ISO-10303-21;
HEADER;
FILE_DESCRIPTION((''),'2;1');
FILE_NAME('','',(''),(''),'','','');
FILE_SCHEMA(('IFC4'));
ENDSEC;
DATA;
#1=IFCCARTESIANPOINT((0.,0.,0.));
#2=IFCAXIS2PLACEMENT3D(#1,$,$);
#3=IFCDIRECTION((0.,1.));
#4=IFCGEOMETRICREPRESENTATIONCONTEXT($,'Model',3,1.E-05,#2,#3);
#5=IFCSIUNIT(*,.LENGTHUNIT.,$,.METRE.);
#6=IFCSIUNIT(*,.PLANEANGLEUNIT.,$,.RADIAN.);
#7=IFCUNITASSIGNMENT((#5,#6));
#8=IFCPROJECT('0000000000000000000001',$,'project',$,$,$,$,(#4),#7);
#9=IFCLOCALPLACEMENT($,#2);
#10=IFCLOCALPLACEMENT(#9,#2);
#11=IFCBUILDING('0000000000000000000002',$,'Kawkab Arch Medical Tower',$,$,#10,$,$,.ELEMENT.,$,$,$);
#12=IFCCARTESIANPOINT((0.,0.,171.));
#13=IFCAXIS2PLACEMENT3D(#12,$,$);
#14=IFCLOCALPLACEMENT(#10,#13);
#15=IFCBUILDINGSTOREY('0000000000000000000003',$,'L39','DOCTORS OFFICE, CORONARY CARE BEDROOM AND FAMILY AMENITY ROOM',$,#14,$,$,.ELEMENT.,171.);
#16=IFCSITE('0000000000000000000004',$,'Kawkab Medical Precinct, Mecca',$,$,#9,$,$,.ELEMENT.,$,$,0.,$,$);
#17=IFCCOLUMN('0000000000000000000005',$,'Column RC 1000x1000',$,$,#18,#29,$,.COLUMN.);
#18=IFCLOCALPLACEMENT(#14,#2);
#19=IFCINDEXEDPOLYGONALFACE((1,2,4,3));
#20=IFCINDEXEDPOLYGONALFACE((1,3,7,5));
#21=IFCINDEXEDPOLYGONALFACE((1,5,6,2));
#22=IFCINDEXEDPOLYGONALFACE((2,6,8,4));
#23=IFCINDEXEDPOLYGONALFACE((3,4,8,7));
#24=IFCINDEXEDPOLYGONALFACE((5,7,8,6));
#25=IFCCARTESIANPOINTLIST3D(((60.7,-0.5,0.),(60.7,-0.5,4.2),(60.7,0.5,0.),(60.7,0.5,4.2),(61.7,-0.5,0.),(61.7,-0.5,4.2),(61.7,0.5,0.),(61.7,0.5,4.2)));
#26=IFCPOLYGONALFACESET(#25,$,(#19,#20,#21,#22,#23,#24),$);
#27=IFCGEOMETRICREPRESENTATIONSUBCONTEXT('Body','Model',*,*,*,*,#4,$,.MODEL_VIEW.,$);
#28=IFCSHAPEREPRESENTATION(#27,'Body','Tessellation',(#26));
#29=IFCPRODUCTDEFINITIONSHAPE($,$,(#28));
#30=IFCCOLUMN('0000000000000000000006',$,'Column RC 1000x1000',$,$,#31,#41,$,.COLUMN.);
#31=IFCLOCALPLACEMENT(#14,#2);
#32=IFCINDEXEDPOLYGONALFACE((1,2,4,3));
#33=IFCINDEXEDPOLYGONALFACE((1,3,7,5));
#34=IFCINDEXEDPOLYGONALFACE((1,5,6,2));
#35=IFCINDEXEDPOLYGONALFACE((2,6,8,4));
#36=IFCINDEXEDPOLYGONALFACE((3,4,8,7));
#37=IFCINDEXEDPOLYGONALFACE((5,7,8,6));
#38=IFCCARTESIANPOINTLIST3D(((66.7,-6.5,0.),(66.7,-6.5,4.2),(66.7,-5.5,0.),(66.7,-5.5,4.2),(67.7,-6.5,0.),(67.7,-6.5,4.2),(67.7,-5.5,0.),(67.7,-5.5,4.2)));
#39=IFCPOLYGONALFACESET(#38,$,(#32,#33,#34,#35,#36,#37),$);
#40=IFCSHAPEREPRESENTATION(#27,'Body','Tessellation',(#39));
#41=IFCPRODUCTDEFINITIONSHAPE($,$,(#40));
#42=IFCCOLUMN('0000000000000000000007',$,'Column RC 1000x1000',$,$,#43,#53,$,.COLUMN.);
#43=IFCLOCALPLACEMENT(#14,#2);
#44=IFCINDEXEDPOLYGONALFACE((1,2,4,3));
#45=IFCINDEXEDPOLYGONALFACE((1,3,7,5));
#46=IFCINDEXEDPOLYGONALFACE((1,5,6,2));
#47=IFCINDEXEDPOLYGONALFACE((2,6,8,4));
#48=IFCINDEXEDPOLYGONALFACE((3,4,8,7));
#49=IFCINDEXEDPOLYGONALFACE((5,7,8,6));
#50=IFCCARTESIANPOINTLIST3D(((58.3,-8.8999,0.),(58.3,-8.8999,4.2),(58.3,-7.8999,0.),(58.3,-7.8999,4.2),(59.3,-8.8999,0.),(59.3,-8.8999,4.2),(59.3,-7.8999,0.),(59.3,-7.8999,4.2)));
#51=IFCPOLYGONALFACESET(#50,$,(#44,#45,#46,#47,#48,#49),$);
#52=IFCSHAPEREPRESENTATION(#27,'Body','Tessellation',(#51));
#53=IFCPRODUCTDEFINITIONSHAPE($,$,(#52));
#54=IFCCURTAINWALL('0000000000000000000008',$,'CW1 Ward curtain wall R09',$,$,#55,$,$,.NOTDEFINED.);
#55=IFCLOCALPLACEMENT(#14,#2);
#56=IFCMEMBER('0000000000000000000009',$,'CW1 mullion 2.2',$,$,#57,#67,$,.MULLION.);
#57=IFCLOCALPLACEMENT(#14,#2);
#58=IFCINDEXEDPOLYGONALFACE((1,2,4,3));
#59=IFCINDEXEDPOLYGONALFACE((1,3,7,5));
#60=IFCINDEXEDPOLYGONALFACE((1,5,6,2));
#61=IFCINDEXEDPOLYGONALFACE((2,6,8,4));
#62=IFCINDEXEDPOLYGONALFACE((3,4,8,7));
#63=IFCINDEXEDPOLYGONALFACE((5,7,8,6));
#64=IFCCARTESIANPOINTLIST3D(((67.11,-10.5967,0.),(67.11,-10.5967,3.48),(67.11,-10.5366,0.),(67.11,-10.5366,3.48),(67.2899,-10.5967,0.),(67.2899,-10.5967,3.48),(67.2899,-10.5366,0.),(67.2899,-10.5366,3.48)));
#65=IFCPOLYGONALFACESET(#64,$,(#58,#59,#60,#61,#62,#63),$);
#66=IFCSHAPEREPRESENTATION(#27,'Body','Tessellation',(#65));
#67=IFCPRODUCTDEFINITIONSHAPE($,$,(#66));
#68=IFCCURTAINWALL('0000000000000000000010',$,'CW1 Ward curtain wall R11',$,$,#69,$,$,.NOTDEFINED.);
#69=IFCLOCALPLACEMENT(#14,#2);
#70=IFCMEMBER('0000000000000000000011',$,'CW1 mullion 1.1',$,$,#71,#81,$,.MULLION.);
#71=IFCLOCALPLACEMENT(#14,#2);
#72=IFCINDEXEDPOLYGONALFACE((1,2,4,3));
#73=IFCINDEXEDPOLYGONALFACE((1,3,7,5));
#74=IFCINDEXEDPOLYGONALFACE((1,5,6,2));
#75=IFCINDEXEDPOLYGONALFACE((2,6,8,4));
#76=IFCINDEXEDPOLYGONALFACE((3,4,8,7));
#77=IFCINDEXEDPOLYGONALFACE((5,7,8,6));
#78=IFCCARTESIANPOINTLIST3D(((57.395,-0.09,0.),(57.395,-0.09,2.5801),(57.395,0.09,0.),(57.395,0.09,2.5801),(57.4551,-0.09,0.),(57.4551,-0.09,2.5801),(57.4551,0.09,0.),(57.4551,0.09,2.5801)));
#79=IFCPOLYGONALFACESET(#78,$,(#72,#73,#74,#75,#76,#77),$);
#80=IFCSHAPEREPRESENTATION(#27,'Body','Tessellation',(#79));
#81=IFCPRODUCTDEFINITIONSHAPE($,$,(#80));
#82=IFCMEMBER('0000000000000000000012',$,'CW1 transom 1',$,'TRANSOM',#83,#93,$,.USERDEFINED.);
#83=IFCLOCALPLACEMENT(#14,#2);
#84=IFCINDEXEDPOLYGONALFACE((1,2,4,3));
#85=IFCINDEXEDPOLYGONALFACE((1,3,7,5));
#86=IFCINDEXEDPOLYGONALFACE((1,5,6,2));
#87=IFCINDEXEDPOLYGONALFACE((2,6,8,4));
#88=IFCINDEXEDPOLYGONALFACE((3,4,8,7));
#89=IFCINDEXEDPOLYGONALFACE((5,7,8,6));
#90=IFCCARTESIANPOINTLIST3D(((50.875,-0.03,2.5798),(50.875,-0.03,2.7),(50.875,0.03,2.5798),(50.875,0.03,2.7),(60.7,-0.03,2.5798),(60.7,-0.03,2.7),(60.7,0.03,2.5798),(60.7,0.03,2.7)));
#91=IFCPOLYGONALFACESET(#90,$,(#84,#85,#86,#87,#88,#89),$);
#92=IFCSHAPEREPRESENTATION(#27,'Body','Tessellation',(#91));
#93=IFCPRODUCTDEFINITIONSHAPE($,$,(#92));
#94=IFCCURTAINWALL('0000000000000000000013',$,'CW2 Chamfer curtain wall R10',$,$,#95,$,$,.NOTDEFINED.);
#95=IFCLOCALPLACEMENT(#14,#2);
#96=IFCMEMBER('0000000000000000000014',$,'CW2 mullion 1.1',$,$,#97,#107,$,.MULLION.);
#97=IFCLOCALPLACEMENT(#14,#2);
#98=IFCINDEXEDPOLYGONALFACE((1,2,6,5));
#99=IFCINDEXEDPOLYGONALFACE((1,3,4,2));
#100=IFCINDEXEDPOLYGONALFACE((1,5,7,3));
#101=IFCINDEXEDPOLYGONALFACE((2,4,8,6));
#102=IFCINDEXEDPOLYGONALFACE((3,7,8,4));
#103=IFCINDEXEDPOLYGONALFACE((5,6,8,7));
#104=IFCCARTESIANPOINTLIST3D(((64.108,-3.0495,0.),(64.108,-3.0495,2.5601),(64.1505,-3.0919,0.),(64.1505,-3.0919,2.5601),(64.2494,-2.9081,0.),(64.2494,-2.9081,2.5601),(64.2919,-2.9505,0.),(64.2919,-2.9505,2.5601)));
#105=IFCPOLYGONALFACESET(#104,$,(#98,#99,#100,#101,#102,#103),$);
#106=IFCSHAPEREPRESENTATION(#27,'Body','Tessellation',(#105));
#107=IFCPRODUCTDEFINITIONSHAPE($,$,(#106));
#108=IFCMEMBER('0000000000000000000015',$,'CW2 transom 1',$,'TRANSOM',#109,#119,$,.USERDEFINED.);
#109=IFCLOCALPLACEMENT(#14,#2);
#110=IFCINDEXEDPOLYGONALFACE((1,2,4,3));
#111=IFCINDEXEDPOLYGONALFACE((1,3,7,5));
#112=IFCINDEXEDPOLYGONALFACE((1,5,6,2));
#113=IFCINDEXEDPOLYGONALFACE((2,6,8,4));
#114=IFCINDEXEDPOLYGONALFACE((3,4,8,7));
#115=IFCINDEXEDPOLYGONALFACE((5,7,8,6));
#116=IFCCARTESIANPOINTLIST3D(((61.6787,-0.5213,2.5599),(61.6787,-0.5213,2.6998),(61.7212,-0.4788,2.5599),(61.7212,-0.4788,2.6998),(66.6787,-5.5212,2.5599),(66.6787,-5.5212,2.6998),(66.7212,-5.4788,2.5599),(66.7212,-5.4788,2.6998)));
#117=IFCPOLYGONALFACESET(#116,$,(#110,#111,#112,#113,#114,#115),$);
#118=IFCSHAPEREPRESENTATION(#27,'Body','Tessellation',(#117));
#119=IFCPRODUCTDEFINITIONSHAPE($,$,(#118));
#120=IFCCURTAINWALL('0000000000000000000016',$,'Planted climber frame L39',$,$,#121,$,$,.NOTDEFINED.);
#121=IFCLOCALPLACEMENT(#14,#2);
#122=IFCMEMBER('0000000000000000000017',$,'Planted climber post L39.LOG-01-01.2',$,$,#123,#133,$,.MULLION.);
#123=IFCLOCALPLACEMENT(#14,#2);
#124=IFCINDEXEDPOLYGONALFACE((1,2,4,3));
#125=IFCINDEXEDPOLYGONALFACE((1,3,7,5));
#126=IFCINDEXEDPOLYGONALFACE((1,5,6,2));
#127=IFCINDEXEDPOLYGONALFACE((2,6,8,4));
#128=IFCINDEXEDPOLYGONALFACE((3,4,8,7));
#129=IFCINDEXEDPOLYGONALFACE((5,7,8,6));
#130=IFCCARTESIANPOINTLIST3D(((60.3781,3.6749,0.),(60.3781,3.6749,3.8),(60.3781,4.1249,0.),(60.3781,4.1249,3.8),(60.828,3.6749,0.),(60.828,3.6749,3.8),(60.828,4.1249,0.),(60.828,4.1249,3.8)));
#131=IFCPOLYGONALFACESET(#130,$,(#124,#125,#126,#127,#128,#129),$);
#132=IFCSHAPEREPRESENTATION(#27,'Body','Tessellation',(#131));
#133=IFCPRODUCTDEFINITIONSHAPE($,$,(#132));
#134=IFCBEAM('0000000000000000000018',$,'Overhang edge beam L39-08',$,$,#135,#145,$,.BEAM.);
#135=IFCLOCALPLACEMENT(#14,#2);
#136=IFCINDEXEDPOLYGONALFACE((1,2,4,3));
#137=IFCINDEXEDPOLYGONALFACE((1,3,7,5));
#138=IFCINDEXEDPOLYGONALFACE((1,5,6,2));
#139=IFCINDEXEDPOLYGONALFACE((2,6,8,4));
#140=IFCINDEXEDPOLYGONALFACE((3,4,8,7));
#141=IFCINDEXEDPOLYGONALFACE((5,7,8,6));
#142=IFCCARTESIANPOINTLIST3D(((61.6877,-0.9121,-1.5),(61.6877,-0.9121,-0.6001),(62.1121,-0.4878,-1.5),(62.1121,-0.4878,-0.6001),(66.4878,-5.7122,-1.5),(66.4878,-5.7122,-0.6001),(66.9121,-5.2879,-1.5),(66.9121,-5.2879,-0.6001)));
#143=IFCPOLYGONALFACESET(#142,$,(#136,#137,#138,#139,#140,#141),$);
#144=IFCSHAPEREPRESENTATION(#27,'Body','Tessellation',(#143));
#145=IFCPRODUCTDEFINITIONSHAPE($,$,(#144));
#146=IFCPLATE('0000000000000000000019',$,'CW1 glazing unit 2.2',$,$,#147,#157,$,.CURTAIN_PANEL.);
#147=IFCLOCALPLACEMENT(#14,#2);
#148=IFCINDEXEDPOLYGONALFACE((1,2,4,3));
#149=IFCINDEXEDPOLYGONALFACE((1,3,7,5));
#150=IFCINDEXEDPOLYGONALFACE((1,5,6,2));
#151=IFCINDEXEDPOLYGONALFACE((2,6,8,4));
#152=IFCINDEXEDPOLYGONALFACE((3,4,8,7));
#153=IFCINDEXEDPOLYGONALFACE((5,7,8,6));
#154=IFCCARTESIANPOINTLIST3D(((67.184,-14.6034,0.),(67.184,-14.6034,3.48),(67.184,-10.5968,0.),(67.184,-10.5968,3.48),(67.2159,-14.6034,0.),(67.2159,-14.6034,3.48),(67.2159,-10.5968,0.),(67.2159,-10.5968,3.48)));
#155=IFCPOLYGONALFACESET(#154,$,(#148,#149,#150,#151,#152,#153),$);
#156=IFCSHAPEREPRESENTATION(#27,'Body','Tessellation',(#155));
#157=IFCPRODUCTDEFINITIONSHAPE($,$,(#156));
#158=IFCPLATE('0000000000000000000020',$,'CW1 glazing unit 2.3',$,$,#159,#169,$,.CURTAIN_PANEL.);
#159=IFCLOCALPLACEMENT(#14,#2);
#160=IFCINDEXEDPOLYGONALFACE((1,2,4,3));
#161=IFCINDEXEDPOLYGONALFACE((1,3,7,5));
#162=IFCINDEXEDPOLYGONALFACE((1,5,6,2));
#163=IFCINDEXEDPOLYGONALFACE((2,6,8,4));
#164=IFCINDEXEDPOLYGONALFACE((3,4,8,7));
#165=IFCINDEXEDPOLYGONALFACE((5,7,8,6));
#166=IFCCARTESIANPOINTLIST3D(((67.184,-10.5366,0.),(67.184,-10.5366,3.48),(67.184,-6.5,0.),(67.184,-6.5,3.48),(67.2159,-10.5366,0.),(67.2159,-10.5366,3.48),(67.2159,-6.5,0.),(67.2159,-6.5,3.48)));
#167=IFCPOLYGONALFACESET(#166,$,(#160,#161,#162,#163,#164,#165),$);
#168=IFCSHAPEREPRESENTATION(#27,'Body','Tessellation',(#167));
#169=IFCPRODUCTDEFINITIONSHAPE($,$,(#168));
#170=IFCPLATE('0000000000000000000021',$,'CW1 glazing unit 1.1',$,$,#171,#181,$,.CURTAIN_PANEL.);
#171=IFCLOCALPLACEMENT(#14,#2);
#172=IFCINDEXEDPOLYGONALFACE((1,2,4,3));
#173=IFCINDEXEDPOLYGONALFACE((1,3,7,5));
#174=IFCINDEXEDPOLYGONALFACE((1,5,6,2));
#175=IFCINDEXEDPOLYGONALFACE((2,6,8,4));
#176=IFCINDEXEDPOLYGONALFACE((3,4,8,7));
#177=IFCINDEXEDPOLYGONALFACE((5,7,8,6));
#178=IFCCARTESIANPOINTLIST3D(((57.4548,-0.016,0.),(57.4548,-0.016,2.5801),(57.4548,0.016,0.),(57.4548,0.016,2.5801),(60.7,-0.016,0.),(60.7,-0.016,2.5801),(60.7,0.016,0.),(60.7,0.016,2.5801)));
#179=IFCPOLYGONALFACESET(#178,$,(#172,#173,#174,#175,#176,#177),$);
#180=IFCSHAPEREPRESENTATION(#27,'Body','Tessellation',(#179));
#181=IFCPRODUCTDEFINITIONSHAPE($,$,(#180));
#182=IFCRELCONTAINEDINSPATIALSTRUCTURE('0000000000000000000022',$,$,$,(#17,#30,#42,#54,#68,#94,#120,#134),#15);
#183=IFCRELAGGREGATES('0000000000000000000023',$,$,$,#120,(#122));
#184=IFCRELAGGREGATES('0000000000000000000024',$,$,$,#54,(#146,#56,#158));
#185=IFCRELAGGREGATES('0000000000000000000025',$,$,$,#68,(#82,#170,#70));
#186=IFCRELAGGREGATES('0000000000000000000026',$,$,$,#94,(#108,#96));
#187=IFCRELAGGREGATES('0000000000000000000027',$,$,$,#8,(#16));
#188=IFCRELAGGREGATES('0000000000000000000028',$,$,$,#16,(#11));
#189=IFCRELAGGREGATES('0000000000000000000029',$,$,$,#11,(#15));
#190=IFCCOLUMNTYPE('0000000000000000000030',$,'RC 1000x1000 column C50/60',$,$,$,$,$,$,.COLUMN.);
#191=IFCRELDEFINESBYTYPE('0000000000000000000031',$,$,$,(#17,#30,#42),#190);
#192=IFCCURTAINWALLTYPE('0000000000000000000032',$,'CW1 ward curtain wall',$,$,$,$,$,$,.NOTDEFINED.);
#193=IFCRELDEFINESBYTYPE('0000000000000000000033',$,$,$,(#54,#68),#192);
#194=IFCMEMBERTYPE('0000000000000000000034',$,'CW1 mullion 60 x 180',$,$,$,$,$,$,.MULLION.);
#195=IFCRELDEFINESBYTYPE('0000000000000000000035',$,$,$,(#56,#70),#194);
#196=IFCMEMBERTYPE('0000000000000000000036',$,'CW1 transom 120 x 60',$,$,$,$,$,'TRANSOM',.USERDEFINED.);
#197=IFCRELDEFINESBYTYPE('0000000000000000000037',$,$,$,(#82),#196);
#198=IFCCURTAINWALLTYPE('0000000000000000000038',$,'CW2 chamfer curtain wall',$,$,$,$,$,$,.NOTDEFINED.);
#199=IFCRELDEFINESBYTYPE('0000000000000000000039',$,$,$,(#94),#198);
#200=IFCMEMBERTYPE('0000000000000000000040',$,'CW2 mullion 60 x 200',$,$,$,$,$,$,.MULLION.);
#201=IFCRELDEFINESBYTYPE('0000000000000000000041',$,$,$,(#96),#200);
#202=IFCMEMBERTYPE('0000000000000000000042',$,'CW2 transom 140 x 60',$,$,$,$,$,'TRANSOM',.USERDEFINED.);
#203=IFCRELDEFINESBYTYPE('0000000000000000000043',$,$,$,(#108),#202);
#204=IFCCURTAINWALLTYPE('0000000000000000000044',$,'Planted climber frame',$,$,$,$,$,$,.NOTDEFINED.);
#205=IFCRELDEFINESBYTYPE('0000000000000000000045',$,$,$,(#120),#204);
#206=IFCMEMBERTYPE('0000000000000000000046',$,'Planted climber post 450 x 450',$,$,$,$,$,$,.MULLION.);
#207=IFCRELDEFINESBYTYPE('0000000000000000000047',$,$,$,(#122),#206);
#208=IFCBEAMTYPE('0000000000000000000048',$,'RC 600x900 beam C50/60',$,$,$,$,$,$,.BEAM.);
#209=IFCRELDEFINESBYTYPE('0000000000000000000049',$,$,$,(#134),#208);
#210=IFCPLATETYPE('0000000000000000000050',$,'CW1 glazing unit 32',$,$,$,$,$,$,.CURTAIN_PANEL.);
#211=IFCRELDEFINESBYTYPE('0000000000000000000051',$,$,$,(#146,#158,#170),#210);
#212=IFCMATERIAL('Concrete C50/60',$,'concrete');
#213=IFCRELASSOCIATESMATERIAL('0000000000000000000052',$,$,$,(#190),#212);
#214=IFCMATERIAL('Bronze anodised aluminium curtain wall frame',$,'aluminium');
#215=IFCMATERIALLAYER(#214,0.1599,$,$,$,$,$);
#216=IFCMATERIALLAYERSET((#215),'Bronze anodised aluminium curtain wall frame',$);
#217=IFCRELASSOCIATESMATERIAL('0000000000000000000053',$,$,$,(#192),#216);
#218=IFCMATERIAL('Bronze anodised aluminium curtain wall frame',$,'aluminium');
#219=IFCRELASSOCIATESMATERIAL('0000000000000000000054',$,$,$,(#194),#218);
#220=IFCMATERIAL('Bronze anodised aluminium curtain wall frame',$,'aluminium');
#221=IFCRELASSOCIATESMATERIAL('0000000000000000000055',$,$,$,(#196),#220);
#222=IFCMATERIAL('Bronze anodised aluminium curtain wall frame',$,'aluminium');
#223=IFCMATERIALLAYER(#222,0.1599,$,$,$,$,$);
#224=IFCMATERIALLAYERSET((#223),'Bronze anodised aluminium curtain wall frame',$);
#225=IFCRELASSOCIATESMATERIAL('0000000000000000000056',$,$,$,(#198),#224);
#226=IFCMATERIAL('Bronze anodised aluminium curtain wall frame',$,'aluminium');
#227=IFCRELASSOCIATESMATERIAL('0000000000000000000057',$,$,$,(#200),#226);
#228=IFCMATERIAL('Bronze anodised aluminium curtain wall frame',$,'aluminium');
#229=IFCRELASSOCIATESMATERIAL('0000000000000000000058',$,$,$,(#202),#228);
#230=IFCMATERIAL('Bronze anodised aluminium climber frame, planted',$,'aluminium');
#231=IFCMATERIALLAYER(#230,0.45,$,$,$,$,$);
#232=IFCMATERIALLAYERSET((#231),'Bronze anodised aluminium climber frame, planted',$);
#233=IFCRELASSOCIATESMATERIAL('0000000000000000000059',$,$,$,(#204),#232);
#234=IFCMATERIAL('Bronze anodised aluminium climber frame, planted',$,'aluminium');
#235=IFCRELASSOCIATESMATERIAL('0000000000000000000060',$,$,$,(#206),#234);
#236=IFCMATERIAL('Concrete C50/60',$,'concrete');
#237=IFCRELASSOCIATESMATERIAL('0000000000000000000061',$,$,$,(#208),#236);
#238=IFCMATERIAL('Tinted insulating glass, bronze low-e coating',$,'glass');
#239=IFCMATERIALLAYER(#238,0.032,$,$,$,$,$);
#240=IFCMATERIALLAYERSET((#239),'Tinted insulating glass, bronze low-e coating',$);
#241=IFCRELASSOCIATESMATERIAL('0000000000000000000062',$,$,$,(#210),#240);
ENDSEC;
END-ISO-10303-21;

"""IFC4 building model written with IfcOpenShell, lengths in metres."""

from ifc_helpers import new_model, si_unit, direction, frame, origin, origin_2d, place, context, subcontext, project, spatial, rectangle, extrude, material, layer, layer_set, material_profile, profile_set, type_object, element, aggregate, save


model = new_model("IFC4")

# Units and contexts
model_context = context("Model", 3, precision=1e-05, world=origin(), true_north=direction((0.0, 1.0)))
body_context = subcontext(model_context, "Body", "Model", "MODEL_VIEW")
ifc_project = project(units=[si_unit("LENGTHUNIT", "METRE"), si_unit("PLANEANGLEUNIT", "RADIAN")], contexts=[model_context])

# Site, building, storey
site_placement = place(None, origin())
site = spatial("IfcSite", under=ifc_project, at=site_placement, Name="Kawkab Medical Precinct, Mecca", CompositionType="ELEMENT", RefElevation=0.0)
building_placement = place(site_placement, origin())
building = spatial("IfcBuilding", under=site, at=building_placement, Name="Kawkab Arch Medical Tower", CompositionType="ELEMENT")
storey_placement = place(building_placement, frame((0.0, 0.0, 171.0)))
storey = spatial("IfcBuildingStorey", under=building, at=storey_placement, Name="L39", Description="DOCTORS OFFICE, CORONARY CARE BEDROOM AND FAMILY AMENITY ROOM", CompositionType="ELEMENT", Elevation=171.0)

# Columns
ifc_material_1 = material(Name="Concrete C50/60", Category="concrete")
ifc_material_profile_1 = material_profile(ifc_material_1, rectangle(XDim=1.0, YDim=1.0, at=origin_2d()), Name="RC 1000x1000")
ifc_profile_set_1 = profile_set([ifc_material_profile_1], Name="Concrete C50/60")
column_type = type_object("IfcColumnType", Name="RC 1000x1000 column C50/60", PredefinedType="COLUMN", material=ifc_profile_set_1)
for number, where, z_axis, x_axis, name in (
    (1, (61.2, 0.0, 0.0), (0.0, 0.0, 1.0), (1.0, 0.0, 0.0), "Column RC 1000x1000"),
    (2, (67.2, -6.0, 0.0), (0.0, 0.0, 1.0), (1.0, 0.0, 0.0), "Column RC 1000x1000"),
    (3, (58.8, -8.3999, 0.0), (0.0, 0.0, 1.0), (1.0, 0.0, 0.0), "Column RC 1000x1000"),
):
    element("IfcColumn", number, at=place(storey_placement, frame(where, z_axis=z_axis, x_axis=x_axis)), inside=storey, type_object=column_type, Name=name, PredefinedType="COLUMN", context=body_context, shape_type="SweptSolid", body=[
        extrude(rectangle(XDim=1.0, YDim=1.0, at=origin_2d()), origin(), (0.0, 0.0, 1.0), 4.2),
    ])

# Curtain wall, member
ifc_material_2 = material(Name="Bronze anodised aluminium curtain wall frame", Category="aluminium")
ifc_layer_1 = layer(ifc_material_2, 0.1599)
ifc_layer_set_1 = layer_set([ifc_layer_1], Name="Bronze anodised aluminium curtain wall frame")
curtain_wall_type_1 = type_object("IfcCurtainWallType", Name="CW1 ward curtain wall", PredefinedType="NOTDEFINED", material=ifc_layer_set_1)
placement = place(storey_placement, origin())
curtain_wall_1 = element("IfcCurtainWall", 4, at=placement, inside=storey, type_object=curtain_wall_type_1, Name="CW1 Ward curtain wall R09", PredefinedType="NOTDEFINED")
ifc_material_3 = material(Name="Bronze anodised aluminium curtain wall frame", Category="aluminium")
ifc_material_profile_2 = material_profile(ifc_material_3, rectangle(XDim=0.1799, YDim=0.0601, at=origin_2d()), Name="AL 60x180")
ifc_profile_set_2 = profile_set([ifc_material_profile_2], Name="Bronze anodised aluminium curtain wall frame")
member_type_1 = type_object("IfcMemberType", Name="CW1 mullion 60 x 180", PredefinedType="MULLION", material=ifc_profile_set_2)
member_1_placement = place(storey_placement, frame((67.2, -10.5667, 0.0), z_axis=(0.0, 0.0, 1.0), x_axis=(-1.0, 0.0, 0.0)))
member_1 = element("IfcMember", 5, at=member_1_placement, type_object=member_type_1, Name="CW1 mullion 2.2", PredefinedType="MULLION", context=body_context, shape_type="SweptSolid", body=[
    extrude(rectangle(XDim=0.1799, YDim=0.0601, at=origin_2d()), origin(), (0.0, 0.0, 1.0), 3.48),
])

# Curtain walls, members
curtain_wall_2 = element("IfcCurtainWall", 6, at=placement, inside=storey, type_object=curtain_wall_type_1, Name="CW1 Ward curtain wall R11", PredefinedType="NOTDEFINED")
member_2_placement = place(storey_placement, frame((57.425, 0.0, 0.0), z_axis=(0.0, 0.0, 1.0), x_axis=(0.0, -1.0, 0.0)))
member_2 = element("IfcMember", 7, at=member_2_placement, type_object=member_type_1, Name="CW1 mullion 1.1", PredefinedType="MULLION", context=body_context, shape_type="SweptSolid", body=[
    extrude(rectangle(XDim=0.1799, YDim=0.0601, at=origin_2d()), origin(), (0.0, 0.0, 1.0), 2.5801),
])
ifc_material_4 = material(Name="Bronze anodised aluminium curtain wall frame", Category="aluminium")
ifc_material_profile_3 = material_profile(ifc_material_4, rectangle(XDim=0.0601, YDim=0.1201, at=origin_2d()), Name="AL 60x120")
ifc_profile_set_3 = profile_set([ifc_material_profile_3], Name="Bronze anodised aluminium curtain wall frame")
member_type_2 = type_object("IfcMemberType", Name="CW1 transom 120 x 60", ElementType="TRANSOM", PredefinedType="USERDEFINED", material=ifc_profile_set_3)
member_3_placement = place(storey_placement, frame((60.7, 0.0, 2.6399), z_axis=(-1.0, 0.0, 0.0), x_axis=(0.0, -1.0, 0.0)))
member_3 = element("IfcMember", 8, at=member_3_placement, type_object=member_type_2, Name="CW1 transom 1", ObjectType="TRANSOM", PredefinedType="USERDEFINED", context=body_context, shape_type="SweptSolid", body=[
    extrude(rectangle(XDim=0.0601, YDim=0.1201, at=origin_2d()), origin(), (0.0, 0.0, 1.0), 9.825),
])
ifc_material_5 = material(Name="Bronze anodised aluminium curtain wall frame", Category="aluminium")
ifc_layer_2 = layer(ifc_material_5, 0.1599)
ifc_layer_set_2 = layer_set([ifc_layer_2], Name="Bronze anodised aluminium curtain wall frame")
curtain_wall_type_2 = type_object("IfcCurtainWallType", Name="CW2 chamfer curtain wall", PredefinedType="NOTDEFINED", material=ifc_layer_set_2)
curtain_wall_3 = element("IfcCurtainWall", 9, at=placement, inside=storey, type_object=curtain_wall_type_2, Name="CW2 Chamfer curtain wall R10", PredefinedType="NOTDEFINED")
ifc_material_6 = material(Name="Bronze anodised aluminium curtain wall frame", Category="aluminium")
ifc_material_profile_4 = material_profile(ifc_material_6, rectangle(XDim=0.2, YDim=0.0601, at=origin_2d()), Name="AL 60x200")
ifc_profile_set_4 = profile_set([ifc_material_profile_4], Name="Bronze anodised aluminium curtain wall frame")
member_type_3 = type_object("IfcMemberType", Name="CW2 mullion 60 x 200", PredefinedType="MULLION", material=ifc_profile_set_4)
member_4_placement = place(storey_placement, frame((64.2, -3.0, 0.0), z_axis=(0.0, 0.0, 1.0), x_axis=(-0.707107, -0.707107, 0.0)))
member_4 = element("IfcMember", 10, at=member_4_placement, type_object=member_type_3, Name="CW2 mullion 1.1", PredefinedType="MULLION", context=body_context, shape_type="SweptSolid", body=[
    extrude(rectangle(XDim=0.2, YDim=0.0601, at=origin_2d()), origin(), (0.0, 0.0, 1.0), 2.5601),
])
ifc_material_7 = material(Name="Bronze anodised aluminium curtain wall frame", Category="aluminium")
ifc_material_profile_5 = material_profile(ifc_material_7, rectangle(XDim=0.0601, YDim=0.1399, at=origin_2d()), Name="AL 60x140")
ifc_profile_set_5 = profile_set([ifc_material_profile_5], Name="Bronze anodised aluminium curtain wall frame")
member_type_4 = type_object("IfcMemberType", Name="CW2 transom 140 x 60", ElementType="TRANSOM", PredefinedType="USERDEFINED", material=ifc_profile_set_5)
member_5_placement = place(storey_placement, frame((66.7, -5.5, 2.6299), z_axis=(-0.707107, 0.707107, 0.0), x_axis=(-0.707107, -0.707107, 0.0)))
member_5 = element("IfcMember", 11, at=member_5_placement, type_object=member_type_4, Name="CW2 transom 1", ObjectType="TRANSOM", PredefinedType="USERDEFINED", context=body_context, shape_type="SweptSolid", body=[
    extrude(rectangle(XDim=0.0601, YDim=0.1399, at=origin_2d()), origin(), (0.0, 0.0, 1.0), 7.071),
])

# Curtain wall, member
ifc_material_8 = material(Name="Bronze anodised aluminium climber frame, planted", Category="aluminium")
ifc_layer_3 = layer(ifc_material_8, 0.45)
ifc_layer_set_3 = layer_set([ifc_layer_3], Name="Bronze anodised aluminium climber frame, planted")
curtain_wall_type_3 = type_object("IfcCurtainWallType", Name="Planted climber frame", PredefinedType="NOTDEFINED", material=ifc_layer_set_3)
curtain_wall_4 = element("IfcCurtainWall", 12, at=placement, inside=storey, type_object=curtain_wall_type_3, Name="Planted climber frame L39", PredefinedType="NOTDEFINED")
ifc_material_9 = material(Name="Bronze anodised aluminium climber frame, planted", Category="aluminium")
ifc_material_profile_6 = material_profile(ifc_material_9, rectangle(XDim=0.45, YDim=0.45, at=origin_2d()), Name="Post 450x450")
ifc_profile_set_6 = profile_set([ifc_material_profile_6], Name="Bronze anodised aluminium climber frame, planted")
member_type_5 = type_object("IfcMemberType", Name="Planted climber post 450 x 450", PredefinedType="MULLION", material=ifc_profile_set_6)
member_6_placement = place(storey_placement, frame((60.603, 3.8999, 0.0), z_axis=(0.0, 0.0, 1.0), x_axis=(1.0, 0.0, 0.0)))
member_6 = element("IfcMember", 13, at=member_6_placement, type_object=member_type_5, Name="Planted climber post L39.LOG-01-01.2", PredefinedType="MULLION", context=body_context, shape_type="SweptSolid", body=[
    extrude(rectangle(XDim=0.45, YDim=0.45, at=origin_2d()), origin(), (0.0, 0.0, 1.0), 3.8),
])
aggregate(curtain_wall_4, [member_6])

# Beam
ifc_material_10 = material(Name="Concrete C50/60", Category="concrete")
ifc_material_profile_7 = material_profile(ifc_material_10, rectangle(XDim=0.6001, YDim=0.8999, at=origin_2d()), Name="RC 600x900")
ifc_profile_set_7 = profile_set([ifc_material_profile_7], Name="Concrete C50/60")
beam_type = type_object("IfcBeamType", Name="RC 600x900 beam C50/60", PredefinedType="BEAM", material=ifc_profile_set_7)
beam_placement = place(storey_placement, frame((61.8999, -0.7, -1.05), z_axis=(0.707107, -0.707107, 0.0), x_axis=(0.707107, 0.707107, 0.0)))
element("IfcBeam", 14, at=beam_placement, inside=storey, type_object=beam_type, Name="Overhang edge beam L39-08", PredefinedType="BEAM", context=body_context, shape_type="SweptSolid", body=[
    extrude(rectangle(XDim=0.6001, YDim=0.8999, at=origin_2d()), origin(), (0.0, 0.0, 1.0), 6.7883),
])

# Plates
ifc_material_11 = material(Name="Tinted insulating glass, bronze low-e coating", Category="glass")
ifc_layer_4 = layer(ifc_material_11, 0.032)
ifc_layer_set_4 = layer_set([ifc_layer_4], Name="Tinted insulating glass, bronze low-e coating")
plate_type_1 = type_object("IfcPlateType", Name="CW1 glazing unit 32", PredefinedType="CURTAIN_PANEL", material=ifc_layer_set_4)
plate_1_placement = place(storey_placement, frame((67.2, -12.6001, 0.0), z_axis=(0.0, 0.0, 1.0), x_axis=(0.0, 1.0, 0.0)))
plate_1 = element("IfcPlate", 15, at=plate_1_placement, type_object=plate_type_1, Name="CW1 glazing unit 2.2", PredefinedType="CURTAIN_PANEL", context=body_context, shape_type="SweptSolid", body=[
    extrude(rectangle(XDim=4.0066, YDim=0.032, at=origin_2d()), origin(), (0.0, 0.0, 1.0), 3.48),
])
plate_2_placement = place(storey_placement, frame((67.2, -8.5183, 0.0), z_axis=(0.0, 0.0, 1.0), x_axis=(0.0, 1.0, 0.0)))
plate_2 = element("IfcPlate", 16, at=plate_2_placement, type_object=plate_type_1, Name="CW1 glazing unit 2.3", PredefinedType="CURTAIN_PANEL", context=body_context, shape_type="SweptSolid", body=[
    extrude(rectangle(XDim=4.0366, YDim=0.032, at=origin_2d()), origin(), (0.0, 0.0, 1.0), 3.48),
])
aggregate(curtain_wall_1, [plate_1, member_1, plate_2])
plate_3_placement = place(storey_placement, frame((59.0774, 0.0, 0.0), z_axis=(0.0, 0.0, 1.0), x_axis=(-1.0, 0.0, 0.0)))
plate_3 = element("IfcPlate", 17, at=plate_3_placement, type_object=plate_type_1, Name="CW1 glazing unit 1.1", PredefinedType="CURTAIN_PANEL", context=body_context, shape_type="SweptSolid", body=[
    extrude(rectangle(XDim=3.2451, YDim=0.032, at=origin_2d()), origin(), (0.0, 0.0, 1.0), 2.5801),
])
aggregate(curtain_wall_2, [member_3, plate_3, member_2])
aggregate(curtain_wall_3, [member_5, member_4])

save(model, "model.ifc")
